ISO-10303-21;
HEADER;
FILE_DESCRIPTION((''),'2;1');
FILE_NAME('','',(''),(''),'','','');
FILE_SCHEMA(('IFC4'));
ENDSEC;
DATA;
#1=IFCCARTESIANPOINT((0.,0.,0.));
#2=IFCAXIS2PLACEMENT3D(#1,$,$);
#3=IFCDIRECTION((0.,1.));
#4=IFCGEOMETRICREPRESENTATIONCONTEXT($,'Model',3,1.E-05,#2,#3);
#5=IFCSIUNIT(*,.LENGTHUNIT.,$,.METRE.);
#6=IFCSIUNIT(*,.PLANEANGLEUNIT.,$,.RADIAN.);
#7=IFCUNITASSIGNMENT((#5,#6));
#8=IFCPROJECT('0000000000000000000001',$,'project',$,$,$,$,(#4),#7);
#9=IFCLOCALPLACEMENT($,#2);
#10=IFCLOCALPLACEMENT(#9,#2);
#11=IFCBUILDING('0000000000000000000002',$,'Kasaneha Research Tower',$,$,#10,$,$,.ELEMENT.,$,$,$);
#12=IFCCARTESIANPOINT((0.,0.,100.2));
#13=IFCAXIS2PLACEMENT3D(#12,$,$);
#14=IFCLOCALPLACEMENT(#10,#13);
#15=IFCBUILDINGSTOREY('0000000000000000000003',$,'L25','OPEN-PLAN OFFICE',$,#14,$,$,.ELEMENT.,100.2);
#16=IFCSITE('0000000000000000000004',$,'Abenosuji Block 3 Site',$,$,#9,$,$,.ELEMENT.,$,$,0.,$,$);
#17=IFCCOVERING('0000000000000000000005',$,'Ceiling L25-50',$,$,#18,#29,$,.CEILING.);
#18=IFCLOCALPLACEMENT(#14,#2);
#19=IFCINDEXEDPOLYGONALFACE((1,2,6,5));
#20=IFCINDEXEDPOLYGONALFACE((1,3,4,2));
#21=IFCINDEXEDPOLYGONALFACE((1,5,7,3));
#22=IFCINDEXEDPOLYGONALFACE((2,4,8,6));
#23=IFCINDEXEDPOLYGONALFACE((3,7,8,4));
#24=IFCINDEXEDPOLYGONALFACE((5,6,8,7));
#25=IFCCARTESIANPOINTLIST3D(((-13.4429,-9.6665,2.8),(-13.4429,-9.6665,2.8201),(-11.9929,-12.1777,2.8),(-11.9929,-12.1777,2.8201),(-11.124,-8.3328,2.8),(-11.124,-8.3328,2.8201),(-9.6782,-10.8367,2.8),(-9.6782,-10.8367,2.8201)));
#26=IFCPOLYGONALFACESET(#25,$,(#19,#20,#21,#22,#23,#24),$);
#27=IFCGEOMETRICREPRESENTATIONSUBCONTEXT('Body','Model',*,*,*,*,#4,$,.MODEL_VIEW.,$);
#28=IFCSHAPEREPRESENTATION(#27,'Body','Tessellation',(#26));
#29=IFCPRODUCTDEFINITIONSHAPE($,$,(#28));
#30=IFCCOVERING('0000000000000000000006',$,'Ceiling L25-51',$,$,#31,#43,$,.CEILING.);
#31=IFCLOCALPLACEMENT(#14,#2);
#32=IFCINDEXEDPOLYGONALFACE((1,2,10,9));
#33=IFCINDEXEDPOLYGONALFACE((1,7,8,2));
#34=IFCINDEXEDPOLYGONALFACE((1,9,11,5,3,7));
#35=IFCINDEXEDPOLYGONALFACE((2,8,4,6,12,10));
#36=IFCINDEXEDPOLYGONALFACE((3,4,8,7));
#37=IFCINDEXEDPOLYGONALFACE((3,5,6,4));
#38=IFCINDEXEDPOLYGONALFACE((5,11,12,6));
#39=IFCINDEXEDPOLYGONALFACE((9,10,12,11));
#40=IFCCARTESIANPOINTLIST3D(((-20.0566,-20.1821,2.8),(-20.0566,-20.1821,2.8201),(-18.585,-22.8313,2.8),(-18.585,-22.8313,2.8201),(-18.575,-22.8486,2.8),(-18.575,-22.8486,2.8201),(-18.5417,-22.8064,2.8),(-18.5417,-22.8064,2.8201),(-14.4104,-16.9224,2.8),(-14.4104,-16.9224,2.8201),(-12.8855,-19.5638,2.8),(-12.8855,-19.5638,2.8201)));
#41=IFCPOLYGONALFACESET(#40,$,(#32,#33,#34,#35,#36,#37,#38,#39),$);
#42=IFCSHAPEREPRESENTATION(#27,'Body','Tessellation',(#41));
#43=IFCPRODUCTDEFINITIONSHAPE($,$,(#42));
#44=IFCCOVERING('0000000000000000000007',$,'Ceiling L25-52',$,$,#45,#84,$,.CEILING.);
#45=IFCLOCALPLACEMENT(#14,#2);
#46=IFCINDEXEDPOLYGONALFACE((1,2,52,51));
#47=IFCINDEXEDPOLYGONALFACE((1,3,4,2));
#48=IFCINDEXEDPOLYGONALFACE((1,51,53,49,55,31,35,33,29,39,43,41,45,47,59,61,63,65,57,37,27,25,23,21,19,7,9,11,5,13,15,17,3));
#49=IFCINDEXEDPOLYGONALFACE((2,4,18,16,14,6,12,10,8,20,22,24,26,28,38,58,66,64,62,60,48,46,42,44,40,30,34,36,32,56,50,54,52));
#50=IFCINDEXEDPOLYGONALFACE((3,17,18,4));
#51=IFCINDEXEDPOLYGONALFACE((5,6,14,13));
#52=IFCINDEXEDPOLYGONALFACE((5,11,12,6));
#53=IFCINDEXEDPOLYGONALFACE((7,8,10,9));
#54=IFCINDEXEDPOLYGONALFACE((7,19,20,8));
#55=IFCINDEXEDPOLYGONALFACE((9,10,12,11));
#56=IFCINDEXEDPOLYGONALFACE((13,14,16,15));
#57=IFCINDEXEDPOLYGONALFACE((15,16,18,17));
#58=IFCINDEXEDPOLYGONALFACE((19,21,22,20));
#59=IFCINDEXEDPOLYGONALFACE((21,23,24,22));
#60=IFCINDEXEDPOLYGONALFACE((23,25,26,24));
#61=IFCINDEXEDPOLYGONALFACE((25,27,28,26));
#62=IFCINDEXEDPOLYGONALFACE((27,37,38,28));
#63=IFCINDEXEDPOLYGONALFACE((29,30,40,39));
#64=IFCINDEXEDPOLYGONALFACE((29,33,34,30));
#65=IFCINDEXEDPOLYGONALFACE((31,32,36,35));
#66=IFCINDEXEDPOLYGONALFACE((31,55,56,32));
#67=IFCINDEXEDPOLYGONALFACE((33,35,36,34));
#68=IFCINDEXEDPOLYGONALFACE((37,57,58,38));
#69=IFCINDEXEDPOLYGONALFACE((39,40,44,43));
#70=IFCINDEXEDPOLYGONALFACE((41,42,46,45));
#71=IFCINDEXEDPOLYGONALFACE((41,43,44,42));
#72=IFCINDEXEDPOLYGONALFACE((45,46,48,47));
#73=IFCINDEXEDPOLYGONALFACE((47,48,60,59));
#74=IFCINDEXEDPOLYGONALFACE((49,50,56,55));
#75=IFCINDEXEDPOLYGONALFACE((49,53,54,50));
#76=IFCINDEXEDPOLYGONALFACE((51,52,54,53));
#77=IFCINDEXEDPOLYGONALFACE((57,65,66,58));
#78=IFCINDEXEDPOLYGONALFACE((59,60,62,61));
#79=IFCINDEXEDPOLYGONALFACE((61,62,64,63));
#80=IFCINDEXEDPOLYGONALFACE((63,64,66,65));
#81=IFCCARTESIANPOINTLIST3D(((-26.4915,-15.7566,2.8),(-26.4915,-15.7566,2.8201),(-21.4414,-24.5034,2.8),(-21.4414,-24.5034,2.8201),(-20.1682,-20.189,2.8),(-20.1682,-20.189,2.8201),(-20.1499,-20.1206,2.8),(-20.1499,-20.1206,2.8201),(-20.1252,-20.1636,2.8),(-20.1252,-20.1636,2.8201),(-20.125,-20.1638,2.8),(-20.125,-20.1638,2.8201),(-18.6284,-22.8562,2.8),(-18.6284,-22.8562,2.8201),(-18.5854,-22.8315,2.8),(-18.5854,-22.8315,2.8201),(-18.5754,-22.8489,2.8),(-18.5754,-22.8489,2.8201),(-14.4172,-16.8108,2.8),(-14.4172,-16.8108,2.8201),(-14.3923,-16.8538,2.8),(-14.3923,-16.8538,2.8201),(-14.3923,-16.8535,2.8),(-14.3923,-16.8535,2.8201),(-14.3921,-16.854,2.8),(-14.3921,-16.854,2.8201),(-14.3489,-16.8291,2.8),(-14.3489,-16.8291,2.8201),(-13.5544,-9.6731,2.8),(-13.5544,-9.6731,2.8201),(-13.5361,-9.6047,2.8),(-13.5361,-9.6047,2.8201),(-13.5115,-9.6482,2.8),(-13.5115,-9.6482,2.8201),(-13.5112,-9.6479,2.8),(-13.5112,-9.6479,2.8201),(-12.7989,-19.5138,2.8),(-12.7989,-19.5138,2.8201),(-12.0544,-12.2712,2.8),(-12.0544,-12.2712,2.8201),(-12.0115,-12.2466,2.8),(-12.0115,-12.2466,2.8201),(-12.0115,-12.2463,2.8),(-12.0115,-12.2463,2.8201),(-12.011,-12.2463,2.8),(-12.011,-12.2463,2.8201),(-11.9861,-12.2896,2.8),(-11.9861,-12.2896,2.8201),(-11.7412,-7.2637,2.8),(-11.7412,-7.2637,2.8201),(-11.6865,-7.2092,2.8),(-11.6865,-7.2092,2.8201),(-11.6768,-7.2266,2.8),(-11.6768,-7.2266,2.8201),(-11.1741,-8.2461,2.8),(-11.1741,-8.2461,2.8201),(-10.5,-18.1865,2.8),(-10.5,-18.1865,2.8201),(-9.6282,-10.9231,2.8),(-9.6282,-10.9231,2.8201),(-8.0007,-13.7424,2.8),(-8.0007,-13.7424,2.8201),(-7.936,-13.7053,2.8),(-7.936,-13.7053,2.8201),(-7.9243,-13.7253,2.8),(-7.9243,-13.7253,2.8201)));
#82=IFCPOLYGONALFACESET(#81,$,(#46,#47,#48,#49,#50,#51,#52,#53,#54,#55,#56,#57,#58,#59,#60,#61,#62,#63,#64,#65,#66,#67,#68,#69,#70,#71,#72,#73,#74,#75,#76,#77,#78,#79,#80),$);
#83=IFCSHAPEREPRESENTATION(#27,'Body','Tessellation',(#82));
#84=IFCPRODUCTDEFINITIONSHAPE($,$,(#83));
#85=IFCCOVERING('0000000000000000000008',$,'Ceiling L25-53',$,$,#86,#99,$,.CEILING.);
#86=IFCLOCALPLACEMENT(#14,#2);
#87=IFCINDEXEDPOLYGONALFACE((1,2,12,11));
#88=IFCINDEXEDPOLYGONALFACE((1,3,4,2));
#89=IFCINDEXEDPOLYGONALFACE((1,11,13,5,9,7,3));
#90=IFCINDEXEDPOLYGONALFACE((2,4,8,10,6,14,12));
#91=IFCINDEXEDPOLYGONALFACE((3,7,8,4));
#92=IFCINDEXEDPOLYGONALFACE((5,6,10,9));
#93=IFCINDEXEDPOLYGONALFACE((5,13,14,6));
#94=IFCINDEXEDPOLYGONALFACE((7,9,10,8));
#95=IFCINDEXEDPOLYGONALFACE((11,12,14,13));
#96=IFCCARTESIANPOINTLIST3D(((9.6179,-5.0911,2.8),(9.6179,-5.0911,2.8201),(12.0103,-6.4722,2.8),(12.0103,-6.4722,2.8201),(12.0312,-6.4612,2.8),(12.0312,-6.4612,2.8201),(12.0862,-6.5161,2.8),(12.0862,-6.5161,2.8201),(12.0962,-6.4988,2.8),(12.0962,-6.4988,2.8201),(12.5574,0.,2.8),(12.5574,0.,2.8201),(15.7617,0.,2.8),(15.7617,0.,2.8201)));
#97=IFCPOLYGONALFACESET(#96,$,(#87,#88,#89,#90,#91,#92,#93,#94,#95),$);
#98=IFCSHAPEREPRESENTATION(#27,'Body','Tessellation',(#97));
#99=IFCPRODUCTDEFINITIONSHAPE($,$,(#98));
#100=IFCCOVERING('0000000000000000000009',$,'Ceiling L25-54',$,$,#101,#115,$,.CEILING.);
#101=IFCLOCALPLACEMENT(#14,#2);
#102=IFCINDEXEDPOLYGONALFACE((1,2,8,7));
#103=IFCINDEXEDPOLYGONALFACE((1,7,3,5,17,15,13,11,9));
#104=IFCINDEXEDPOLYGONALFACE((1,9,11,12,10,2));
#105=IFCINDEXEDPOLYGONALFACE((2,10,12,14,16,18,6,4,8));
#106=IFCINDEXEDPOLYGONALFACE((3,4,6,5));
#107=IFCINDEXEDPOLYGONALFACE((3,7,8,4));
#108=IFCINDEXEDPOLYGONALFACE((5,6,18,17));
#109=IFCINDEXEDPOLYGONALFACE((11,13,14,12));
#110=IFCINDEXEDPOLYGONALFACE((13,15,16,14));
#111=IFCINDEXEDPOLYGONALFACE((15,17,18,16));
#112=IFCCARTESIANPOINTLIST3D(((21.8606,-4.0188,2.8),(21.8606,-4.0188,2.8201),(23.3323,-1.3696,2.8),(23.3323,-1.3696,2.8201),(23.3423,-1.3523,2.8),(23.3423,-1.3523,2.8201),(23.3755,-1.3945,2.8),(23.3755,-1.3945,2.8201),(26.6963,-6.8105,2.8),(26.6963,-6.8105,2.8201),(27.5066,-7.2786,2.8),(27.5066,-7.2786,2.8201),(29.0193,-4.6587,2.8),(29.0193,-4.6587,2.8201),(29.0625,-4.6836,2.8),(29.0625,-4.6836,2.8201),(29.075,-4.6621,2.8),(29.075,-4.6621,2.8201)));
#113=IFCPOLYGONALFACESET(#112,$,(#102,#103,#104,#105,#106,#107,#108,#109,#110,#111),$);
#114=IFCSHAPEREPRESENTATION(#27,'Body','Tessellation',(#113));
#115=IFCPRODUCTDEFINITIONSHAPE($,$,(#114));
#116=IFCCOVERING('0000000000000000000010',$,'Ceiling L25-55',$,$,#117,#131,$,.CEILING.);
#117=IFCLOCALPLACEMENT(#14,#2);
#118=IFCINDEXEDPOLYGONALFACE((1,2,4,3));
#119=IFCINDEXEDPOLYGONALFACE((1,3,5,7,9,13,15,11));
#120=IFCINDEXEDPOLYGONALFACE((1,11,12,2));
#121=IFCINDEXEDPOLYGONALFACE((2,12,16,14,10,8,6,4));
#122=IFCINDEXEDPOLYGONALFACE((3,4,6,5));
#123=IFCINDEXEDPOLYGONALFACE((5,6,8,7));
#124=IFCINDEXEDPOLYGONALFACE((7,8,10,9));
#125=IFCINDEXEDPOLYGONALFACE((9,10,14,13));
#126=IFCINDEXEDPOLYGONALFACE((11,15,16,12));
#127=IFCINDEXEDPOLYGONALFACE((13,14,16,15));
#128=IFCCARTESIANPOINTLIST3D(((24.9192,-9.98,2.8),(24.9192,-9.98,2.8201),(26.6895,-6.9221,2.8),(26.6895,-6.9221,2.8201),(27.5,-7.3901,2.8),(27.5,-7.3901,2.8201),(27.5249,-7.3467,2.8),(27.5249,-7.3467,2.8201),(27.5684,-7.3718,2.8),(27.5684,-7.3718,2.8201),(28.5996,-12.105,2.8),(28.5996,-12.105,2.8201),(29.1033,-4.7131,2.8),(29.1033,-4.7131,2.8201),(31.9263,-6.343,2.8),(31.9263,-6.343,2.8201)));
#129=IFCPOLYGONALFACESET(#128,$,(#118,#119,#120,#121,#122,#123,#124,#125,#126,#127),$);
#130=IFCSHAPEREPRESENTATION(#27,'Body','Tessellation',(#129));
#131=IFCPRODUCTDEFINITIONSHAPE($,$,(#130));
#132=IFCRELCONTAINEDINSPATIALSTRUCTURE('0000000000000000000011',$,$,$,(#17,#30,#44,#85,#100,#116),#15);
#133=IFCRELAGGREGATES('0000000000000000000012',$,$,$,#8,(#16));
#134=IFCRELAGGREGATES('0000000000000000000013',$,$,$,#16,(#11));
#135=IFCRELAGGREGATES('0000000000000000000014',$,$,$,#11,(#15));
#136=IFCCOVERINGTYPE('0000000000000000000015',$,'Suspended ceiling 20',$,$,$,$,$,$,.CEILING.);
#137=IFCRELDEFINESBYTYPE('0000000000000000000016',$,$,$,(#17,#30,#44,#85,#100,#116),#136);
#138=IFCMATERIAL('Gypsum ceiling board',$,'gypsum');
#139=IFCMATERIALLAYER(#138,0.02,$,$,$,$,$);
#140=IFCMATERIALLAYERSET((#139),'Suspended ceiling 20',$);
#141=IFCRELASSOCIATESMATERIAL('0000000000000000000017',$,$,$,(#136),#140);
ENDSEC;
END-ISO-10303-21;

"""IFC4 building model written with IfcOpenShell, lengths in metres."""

from ifc_helpers import new_model, si_unit, direction, frame, origin, place, context, subcontext, project, spatial, polyline, outline, extrude, material, layer, layer_set, type_object, element, save


model = new_model("IFC4")

# Units and contexts
model_context = context("Model", 3, precision=1e-05, world=origin(), true_north=direction((0.0, 1.0)))
body_context = subcontext(model_context, "Body", "Model", "MODEL_VIEW")
ifc_project = project(units=[si_unit("LENGTHUNIT", "METRE"), si_unit("PLANEANGLEUNIT", "RADIAN")], contexts=[model_context])

# Site, building, storey
site_placement = place(None, origin())
site = spatial("IfcSite", under=ifc_project, at=site_placement, Name="Abenosuji Block 3 Site", CompositionType="ELEMENT", RefElevation=0.0)
building_placement = place(site_placement, origin())
building = spatial("IfcBuilding", under=site, at=building_placement, Name="Kasaneha Research Tower", CompositionType="ELEMENT")
storey_placement = place(building_placement, frame((0.0, 0.0, 100.2)))
storey = spatial("IfcBuildingStorey", under=building, at=storey_placement, Name="L25", Description="OPEN-PLAN OFFICE", CompositionType="ELEMENT", Elevation=100.2)

# Coverings
ifc_material_1 = material(Name="Gypsum ceiling board", Category="gypsum")
ifc_layer_1 = layer(ifc_material_1, 0.02)
ifc_layer_set_1 = layer_set([ifc_layer_1], Name="Suspended ceiling 20")
covering_type = type_object("IfcCoveringType", Name="Suspended ceiling 20", PredefinedType="CEILING", material=ifc_layer_set_1)
covering_1_placement = place(storey_placement, frame((0.0, 0.0, 2.8)))
element("IfcCovering", 1, at=covering_1_placement, inside=storey, type_object=covering_type, Name="Ceiling L25-50", PredefinedType="CEILING", context=body_context, shape_type="SweptSolid", body=[
    extrude(outline(polyline([(-9.6782, -10.8367), (-11.9929, -12.1777), (-13.4429, -9.6665), (-11.124, -8.3328), (-9.6782, -10.8367)])), origin(), (0.0, 0.0, 1.0), 0.02),
])
covering_2_placement = place(storey_placement, frame((0.0, 0.0, 2.8)))
element("IfcCovering", 2, at=covering_2_placement, inside=storey, type_object=covering_type, Name="Ceiling L25-51", PredefinedType="CEILING", context=body_context, shape_type="SweptSolid", body=[
    extrude(outline(polyline([(-18.575, -22.8486), (-18.585, -22.8313), (-18.5417, -22.8064), (-20.0566, -20.1821), (-14.4104, -16.9224), (-12.8855, -19.5637), (-12.8423, -19.5388), (-12.8423, -19.5388), (-18.575, -22.8486)])), origin(), (0.0, 0.0, 1.0), 0.02),
])
covering_3_placement = place(storey_placement, frame((0.0, 0.0, 2.8)))
element("IfcCovering", 3, at=covering_3_placement, inside=storey, type_object=covering_type, Name="Ceiling L25-52", PredefinedType="CEILING", context=body_context, shape_type="SweptSolid", body=[
    extrude(outline(polyline([(-13.5115, -9.6482), (-13.5115, -9.6482), (-13.5544, -9.6731), (-12.0544, -12.2712), (-12.0115, -12.2463), (-12.0115, -12.2466), (-12.011, -12.2463), (-11.9861, -12.2896), (-9.6282, -10.9231), (-8.0007, -13.7424), (-7.936, -13.7053), (-7.9243, -13.7253), (-10.5, -18.1865), (-12.8418, -19.5386), (-12.8418, -19.5386), (-12.7988, -19.5139), (-14.3489, -16.8291), (-14.3921, -16.854), (-14.3923, -16.8535), (-14.3923, -16.8538), (-14.4172, -16.8108), (-20.1499, -20.1206), (-20.1252, -20.1636), (-20.1252, -20.1636), (-20.125, -20.1638), (-20.1682, -20.189), (-18.6284, -22.8562), (-18.5854, -22.8315), (-18.5754, -22.8489), (-21.4414, -24.5034), (-26.4915, -15.7566), (-11.6865, -7.2092), (-11.6768, -7.2266), (-11.7412, -7.2637), (-11.1741, -8.2461), (-13.5361, -9.6047), (-13.5112, -9.6479), (-13.5115, -9.6482)])), origin(), (0.0, 0.0, 1.0), 0.02),
])
covering_4_placement = place(storey_placement, frame((0.0, 0.0, 2.8)))
element("IfcCovering", 4, at=covering_4_placement, inside=storey, type_object=covering_type, Name="Ceiling L25-53", PredefinedType="CEILING", context=body_context, shape_type="SweptSolid", body=[
    extrude(outline(polyline([(9.6179, -5.0911), (12.5574, 0.0), (15.7617, 0.0), (12.0312, -6.4612), (12.0962, -6.4988), (12.0862, -6.5161), (12.0103, -6.4722), (9.6179, -5.0911)])), origin(), (0.0, 0.0, 1.0), 0.02),
])
covering_5_placement = place(storey_placement, frame((0.0, 0.0, 2.8)))
element("IfcCovering", 5, at=covering_5_placement, inside=storey, type_object=covering_type, Name="Ceiling L25-54", PredefinedType="CEILING", context=body_context, shape_type="SweptSolid", body=[
    extrude(outline(polyline([(29.075, -4.6621), (29.0625, -4.6836), (29.0193, -4.6587), (27.5066, -7.2786), (26.6963, -6.8105), (26.6963, -6.8105), (21.8606, -4.0188), (23.3755, -1.3945), (23.3323, -1.3696), (23.3423, -1.3523), (29.075, -4.6621)])), origin(), (0.0, 0.0, 1.0), 0.02),
])
covering_6_placement = place(storey_placement, frame((0.0, 0.0, 2.8)))
element("IfcCovering", 6, at=covering_6_placement, inside=storey, type_object=covering_type, Name="Ceiling L25-55", PredefinedType="CEILING", context=body_context, shape_type="SweptSolid", body=[
    extrude(outline(polyline([(31.9263, -6.343), (28.5996, -12.105), (24.9192, -9.98), (26.6895, -6.9221), (27.5, -7.3901), (27.5249, -7.3467), (27.5684, -7.3718), (29.1033, -4.7131), (31.9263, -6.343)])), origin(), (0.0, 0.0, 1.0), 0.02),
])

save(model, "model.ifc")
